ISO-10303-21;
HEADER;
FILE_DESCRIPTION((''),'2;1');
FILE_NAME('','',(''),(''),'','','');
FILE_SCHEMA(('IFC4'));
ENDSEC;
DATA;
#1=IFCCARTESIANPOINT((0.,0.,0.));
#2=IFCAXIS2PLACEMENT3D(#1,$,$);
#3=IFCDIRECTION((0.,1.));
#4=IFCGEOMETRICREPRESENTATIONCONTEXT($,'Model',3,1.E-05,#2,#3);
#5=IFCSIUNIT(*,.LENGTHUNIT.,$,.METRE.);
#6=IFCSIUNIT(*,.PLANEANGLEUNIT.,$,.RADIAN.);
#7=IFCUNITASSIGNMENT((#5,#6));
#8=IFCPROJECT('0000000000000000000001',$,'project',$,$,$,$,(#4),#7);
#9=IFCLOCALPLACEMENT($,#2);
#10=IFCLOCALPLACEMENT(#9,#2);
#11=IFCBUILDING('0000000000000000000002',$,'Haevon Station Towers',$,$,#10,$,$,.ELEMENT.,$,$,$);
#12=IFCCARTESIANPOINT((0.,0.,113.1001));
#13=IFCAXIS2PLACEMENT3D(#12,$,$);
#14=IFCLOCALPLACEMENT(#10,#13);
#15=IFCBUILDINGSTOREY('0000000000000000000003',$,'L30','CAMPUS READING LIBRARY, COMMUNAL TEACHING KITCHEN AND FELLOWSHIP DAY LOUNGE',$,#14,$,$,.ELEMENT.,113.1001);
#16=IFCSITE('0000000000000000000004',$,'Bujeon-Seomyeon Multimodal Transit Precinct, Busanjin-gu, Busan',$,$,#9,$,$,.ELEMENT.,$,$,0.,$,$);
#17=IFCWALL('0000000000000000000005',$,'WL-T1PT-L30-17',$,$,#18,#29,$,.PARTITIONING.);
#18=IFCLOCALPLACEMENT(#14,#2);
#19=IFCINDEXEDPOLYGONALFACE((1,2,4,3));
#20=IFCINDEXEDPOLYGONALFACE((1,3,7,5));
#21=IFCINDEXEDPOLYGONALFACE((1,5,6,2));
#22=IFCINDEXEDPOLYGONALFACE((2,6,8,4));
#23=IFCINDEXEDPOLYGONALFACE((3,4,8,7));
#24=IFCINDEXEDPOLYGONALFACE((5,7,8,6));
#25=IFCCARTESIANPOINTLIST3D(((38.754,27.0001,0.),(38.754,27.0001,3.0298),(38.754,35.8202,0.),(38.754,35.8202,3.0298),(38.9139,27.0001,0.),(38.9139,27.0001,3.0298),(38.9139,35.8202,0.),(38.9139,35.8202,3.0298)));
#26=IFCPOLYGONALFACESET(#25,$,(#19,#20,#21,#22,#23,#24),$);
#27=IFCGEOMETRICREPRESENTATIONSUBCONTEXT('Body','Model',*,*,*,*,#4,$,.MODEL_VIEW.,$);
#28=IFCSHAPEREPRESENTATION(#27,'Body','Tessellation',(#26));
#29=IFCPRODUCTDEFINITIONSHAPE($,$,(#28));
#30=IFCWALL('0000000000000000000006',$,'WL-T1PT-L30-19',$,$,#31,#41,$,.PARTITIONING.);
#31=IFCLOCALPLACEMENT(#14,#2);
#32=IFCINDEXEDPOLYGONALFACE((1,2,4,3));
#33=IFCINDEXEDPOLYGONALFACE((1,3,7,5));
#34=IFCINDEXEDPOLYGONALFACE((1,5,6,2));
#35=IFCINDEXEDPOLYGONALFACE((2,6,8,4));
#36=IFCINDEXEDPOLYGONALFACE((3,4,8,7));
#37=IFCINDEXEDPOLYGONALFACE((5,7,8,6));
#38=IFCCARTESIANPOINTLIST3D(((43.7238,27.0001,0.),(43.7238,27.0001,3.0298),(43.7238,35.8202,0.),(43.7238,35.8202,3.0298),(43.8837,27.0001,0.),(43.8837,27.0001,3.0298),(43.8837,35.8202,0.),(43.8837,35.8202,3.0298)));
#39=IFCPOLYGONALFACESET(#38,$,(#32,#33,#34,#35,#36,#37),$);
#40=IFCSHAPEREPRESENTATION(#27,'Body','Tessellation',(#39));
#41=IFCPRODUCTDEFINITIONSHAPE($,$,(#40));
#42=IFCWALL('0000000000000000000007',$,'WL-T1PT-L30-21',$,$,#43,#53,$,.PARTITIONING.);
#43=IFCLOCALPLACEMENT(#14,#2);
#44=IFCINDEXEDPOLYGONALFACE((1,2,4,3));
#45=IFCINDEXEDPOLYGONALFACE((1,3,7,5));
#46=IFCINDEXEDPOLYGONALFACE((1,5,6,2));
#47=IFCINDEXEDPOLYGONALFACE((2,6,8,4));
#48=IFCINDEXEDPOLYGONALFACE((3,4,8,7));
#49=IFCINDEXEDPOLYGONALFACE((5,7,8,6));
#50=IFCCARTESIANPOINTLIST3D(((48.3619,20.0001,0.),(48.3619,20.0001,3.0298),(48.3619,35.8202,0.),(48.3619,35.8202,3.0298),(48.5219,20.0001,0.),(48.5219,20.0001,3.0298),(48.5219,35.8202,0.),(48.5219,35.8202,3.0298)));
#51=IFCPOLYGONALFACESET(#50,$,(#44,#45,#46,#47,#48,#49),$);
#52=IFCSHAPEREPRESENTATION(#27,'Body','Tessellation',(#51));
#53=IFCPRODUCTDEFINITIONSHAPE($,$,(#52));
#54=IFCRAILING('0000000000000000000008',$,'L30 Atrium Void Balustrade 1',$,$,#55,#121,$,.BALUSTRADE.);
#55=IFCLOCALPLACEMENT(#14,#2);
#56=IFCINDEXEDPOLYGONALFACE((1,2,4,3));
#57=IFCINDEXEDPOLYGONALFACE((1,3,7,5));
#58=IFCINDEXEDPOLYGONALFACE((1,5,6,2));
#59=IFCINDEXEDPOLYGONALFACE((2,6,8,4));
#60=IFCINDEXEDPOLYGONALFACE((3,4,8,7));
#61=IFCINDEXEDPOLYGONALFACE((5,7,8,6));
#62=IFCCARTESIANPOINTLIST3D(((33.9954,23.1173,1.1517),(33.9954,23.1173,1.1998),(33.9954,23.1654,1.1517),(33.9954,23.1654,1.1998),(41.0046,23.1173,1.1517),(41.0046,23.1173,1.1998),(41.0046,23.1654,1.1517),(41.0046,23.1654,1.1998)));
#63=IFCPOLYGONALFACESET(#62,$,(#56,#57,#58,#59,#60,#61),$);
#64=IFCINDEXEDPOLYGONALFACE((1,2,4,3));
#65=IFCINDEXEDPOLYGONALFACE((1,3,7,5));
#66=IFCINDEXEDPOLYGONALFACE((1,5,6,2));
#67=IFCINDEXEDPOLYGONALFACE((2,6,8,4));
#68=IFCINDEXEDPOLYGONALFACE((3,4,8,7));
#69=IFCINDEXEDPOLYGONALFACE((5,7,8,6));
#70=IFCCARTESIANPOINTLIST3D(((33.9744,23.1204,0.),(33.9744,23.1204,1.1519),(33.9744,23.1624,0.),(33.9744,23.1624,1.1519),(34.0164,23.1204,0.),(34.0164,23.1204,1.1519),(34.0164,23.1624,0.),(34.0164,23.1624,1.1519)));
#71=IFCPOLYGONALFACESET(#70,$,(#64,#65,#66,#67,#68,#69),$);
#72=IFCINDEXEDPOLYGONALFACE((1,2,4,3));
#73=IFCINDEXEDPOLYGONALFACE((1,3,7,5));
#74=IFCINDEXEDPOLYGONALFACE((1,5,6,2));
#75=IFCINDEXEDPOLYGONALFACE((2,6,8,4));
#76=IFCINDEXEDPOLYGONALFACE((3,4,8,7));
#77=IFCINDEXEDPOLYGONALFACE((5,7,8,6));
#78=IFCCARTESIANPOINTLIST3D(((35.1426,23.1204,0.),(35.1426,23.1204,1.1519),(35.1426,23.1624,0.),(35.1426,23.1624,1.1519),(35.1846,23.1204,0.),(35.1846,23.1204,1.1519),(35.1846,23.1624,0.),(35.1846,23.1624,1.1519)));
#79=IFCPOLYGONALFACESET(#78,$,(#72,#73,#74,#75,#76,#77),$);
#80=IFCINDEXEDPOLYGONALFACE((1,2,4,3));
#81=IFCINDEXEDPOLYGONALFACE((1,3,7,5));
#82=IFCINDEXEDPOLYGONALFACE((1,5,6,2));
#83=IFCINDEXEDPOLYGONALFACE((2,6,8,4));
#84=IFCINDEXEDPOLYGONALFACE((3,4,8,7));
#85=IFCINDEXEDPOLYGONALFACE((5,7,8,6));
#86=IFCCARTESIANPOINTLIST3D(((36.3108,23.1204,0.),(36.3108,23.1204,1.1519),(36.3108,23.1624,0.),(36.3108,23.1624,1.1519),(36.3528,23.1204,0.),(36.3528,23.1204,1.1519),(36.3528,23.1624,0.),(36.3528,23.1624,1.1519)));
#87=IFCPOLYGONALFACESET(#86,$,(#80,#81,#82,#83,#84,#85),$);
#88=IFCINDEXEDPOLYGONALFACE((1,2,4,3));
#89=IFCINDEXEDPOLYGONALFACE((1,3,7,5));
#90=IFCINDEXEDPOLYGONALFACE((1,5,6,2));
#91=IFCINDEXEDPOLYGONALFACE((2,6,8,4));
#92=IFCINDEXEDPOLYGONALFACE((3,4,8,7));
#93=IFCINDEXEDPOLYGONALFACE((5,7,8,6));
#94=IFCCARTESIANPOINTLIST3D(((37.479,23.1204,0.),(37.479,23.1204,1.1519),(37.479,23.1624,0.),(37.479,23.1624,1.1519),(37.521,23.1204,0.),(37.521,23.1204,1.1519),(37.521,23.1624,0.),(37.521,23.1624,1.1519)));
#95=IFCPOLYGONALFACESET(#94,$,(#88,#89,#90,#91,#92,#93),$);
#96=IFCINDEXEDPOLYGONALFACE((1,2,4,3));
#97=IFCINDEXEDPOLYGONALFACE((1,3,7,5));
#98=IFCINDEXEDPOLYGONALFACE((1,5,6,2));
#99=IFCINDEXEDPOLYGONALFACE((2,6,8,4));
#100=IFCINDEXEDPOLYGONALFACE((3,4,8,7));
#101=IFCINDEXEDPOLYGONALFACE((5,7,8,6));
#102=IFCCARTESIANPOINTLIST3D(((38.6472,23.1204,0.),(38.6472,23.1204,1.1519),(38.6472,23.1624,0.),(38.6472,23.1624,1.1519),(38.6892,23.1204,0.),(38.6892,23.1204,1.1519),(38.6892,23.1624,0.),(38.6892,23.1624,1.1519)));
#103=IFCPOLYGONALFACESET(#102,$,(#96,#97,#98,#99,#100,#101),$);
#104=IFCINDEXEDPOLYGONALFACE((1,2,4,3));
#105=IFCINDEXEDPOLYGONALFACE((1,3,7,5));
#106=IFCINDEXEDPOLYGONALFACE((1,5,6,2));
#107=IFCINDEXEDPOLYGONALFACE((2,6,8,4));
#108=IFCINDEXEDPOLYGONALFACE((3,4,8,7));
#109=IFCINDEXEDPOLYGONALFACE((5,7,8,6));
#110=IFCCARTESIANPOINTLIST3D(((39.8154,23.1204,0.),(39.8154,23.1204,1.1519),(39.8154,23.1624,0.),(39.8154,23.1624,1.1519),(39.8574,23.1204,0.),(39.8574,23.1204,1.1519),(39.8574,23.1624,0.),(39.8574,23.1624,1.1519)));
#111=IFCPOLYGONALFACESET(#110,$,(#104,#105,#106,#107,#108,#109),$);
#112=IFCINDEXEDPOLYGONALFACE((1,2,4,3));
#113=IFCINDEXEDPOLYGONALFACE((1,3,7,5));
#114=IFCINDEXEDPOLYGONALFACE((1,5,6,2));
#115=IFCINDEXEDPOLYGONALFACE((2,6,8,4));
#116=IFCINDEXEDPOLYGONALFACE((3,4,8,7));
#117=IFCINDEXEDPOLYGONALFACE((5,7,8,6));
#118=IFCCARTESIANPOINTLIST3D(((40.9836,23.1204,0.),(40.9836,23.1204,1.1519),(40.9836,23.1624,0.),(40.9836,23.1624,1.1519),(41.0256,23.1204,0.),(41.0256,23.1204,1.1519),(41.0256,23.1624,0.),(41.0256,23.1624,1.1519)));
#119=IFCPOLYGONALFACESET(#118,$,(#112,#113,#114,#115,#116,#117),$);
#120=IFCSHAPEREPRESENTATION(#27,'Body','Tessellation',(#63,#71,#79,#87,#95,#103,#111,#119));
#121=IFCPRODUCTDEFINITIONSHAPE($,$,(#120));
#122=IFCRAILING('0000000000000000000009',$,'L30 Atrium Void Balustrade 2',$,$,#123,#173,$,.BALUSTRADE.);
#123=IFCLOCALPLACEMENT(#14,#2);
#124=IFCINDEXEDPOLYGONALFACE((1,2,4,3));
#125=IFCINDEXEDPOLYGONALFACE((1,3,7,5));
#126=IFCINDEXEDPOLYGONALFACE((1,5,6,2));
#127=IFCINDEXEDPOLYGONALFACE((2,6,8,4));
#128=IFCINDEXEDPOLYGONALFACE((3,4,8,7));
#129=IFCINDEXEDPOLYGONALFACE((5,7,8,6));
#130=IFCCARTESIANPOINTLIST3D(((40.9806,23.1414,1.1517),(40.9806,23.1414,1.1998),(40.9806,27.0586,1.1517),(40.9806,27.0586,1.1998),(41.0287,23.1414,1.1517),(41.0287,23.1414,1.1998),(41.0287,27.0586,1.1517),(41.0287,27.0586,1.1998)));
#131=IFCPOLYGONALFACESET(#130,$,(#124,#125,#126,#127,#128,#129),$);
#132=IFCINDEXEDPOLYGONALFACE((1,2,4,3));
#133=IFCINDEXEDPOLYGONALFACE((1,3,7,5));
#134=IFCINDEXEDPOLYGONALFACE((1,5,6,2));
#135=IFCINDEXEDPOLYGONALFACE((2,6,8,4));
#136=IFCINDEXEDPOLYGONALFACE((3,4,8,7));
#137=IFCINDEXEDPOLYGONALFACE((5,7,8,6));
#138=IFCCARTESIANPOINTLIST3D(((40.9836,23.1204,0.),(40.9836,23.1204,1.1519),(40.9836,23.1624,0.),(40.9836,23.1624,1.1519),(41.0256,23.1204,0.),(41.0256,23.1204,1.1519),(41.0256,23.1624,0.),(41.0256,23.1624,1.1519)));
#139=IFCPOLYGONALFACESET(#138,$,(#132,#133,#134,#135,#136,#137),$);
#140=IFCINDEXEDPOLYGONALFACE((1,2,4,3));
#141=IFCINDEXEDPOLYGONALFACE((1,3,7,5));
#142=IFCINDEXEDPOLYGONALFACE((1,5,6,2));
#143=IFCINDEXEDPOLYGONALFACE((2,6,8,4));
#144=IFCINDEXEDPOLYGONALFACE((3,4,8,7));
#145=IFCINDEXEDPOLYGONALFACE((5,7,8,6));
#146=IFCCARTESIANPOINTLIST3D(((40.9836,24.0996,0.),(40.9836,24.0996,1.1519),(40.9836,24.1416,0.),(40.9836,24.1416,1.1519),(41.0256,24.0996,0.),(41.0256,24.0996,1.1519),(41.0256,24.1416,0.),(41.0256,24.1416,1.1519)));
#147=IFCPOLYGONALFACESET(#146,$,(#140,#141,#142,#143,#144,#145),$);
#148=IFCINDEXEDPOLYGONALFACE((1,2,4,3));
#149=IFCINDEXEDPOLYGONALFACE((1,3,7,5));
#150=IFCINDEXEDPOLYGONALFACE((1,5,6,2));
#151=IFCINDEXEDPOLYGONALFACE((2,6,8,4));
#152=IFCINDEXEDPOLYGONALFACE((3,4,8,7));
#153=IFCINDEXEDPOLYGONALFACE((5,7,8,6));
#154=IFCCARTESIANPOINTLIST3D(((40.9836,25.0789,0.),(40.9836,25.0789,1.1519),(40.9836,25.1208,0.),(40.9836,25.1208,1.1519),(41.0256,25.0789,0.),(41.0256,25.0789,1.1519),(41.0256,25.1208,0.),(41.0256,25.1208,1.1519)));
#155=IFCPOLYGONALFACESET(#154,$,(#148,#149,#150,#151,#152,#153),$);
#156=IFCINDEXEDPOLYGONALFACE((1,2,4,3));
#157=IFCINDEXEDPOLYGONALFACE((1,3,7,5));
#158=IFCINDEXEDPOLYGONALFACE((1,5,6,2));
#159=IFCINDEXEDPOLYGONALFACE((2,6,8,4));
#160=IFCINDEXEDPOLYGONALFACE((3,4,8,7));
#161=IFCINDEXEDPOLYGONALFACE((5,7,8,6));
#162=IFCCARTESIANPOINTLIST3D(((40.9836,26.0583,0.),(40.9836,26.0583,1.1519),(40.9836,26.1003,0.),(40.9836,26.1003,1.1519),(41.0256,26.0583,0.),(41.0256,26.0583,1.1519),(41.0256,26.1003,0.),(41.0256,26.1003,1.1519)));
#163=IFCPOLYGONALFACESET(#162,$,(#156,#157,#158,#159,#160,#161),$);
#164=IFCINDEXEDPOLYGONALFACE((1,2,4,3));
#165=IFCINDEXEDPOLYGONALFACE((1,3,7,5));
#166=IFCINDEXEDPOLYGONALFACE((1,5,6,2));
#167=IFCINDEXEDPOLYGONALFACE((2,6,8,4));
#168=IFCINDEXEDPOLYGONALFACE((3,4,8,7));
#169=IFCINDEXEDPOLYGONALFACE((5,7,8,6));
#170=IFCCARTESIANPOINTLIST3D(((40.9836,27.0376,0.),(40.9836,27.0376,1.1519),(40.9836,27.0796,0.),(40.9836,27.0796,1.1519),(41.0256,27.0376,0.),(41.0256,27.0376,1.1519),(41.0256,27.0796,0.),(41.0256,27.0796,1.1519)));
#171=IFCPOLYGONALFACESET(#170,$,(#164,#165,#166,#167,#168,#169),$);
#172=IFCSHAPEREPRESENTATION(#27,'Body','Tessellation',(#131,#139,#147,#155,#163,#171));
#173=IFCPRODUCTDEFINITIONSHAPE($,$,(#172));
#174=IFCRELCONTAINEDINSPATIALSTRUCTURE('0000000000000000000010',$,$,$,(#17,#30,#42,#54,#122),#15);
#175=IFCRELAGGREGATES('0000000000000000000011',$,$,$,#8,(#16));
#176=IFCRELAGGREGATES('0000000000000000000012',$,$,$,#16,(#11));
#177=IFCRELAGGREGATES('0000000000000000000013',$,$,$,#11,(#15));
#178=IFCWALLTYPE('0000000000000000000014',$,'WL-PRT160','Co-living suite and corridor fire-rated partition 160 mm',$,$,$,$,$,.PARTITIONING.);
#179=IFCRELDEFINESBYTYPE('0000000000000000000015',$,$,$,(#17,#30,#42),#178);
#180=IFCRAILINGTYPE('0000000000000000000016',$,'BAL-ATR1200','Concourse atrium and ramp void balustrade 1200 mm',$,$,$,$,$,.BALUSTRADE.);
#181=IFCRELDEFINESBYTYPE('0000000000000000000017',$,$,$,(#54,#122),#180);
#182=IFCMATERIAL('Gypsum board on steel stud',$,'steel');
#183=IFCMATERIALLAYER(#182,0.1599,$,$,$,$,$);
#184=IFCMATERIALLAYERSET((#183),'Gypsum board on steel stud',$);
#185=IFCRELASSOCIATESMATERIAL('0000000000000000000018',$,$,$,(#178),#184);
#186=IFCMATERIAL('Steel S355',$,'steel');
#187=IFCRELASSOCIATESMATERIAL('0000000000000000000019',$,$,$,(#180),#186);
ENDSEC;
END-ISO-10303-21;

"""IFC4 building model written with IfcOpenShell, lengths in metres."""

from ifc_helpers import new_model, si_unit, direction, frame, frame_2d, origin, origin_2d, place, context, subcontext, project, spatial, rectangle, extrude, material, layer, layer_set, type_object, element, save


model = new_model("IFC4")

# Units and contexts
model_context = context("Model", 3, precision=1e-05, world=origin(), true_north=direction((0.0, 1.0)))
body_context = subcontext(model_context, "Body", "Model", "MODEL_VIEW")
ifc_project = project(units=[si_unit("LENGTHUNIT", "METRE"), si_unit("PLANEANGLEUNIT", "RADIAN")], contexts=[model_context])

# Site, building, storey
site_placement = place(None, origin())
site = spatial("IfcSite", under=ifc_project, at=site_placement, Name="Bujeon-Seomyeon Multimodal Transit Precinct, Busanjin-gu, Busan", CompositionType="ELEMENT", RefElevation=0.0)
building_placement = place(site_placement, origin())
building = spatial("IfcBuilding", under=site, at=building_placement, Name="Haevon Station Towers", CompositionType="ELEMENT")
storey_placement = place(building_placement, frame((0.0, 0.0, 113.1001)))
storey = spatial("IfcBuildingStorey", under=building, at=storey_placement, Name="L30", Description="CAMPUS READING LIBRARY, COMMUNAL TEACHING KITCHEN AND FELLOWSHIP DAY LOUNGE", CompositionType="ELEMENT", Elevation=113.1001)

# Shared definitions
ifc_material_1 = material(Name="Steel S355", Category="steel")

# Walls
ifc_material_2 = material(Name="Gypsum board on steel stud", Category="steel")
ifc_layer_1 = layer(ifc_material_2, 0.1599)
ifc_layer_set_1 = layer_set([ifc_layer_1], Name="Gypsum board on steel stud")
wall_type = type_object("IfcWallType", Name="WL-PRT160", Description="Co-living suite and corridor fire-rated partition 160 mm", PredefinedType="PARTITIONING", material=ifc_layer_set_1)
for number, where, z_axis, x_axis, name in (
    (1, (38.834, 27.0, 0.0), (0.0, 0.0, 1.0), (0.0, 1.0, 0.0), "WL-T1PT-L30-17"),
    (2, (43.8037, 27.0, 0.0), (0.0, 0.0, 1.0), (0.0, 1.0, 0.0), "WL-T1PT-L30-19"),
):
    element("IfcWall", number, at=place(storey_placement, frame(where, z_axis=z_axis, x_axis=x_axis)), inside=storey, type_object=wall_type, Name=name, PredefinedType="PARTITIONING", context=body_context, shape_type="SweptSolid", body=[
        extrude(rectangle(XDim=8.8201, YDim=0.1599, at=frame_2d((4.4102, 0.0))), origin(), (0.0, 0.0, 1.0), 3.0298),
    ])
wall_placement = place(storey_placement, frame((48.4419, 20.0, 0.0), z_axis=(0.0, 0.0, 1.0), x_axis=(0.0, 1.0, 0.0)))
element("IfcWall", 3, at=wall_placement, inside=storey, type_object=wall_type, Name="WL-T1PT-L30-21", PredefinedType="PARTITIONING", context=body_context, shape_type="SweptSolid", body=[
    extrude(rectangle(XDim=15.8201, YDim=0.1599, at=frame_2d((7.9102, 0.0))), origin(), (0.0, 0.0, 1.0), 3.0298),
])

# Railings
railing_type = type_object("IfcRailingType", Name="BAL-ATR1200", Description="Concourse atrium and ramp void balustrade 1200 mm", PredefinedType="BALUSTRADE", material=ifc_material_1)
railing_1_placement = place(storey_placement, frame((33.9954, 23.1414, 0.0)))
element("IfcRailing", 4, at=railing_1_placement, inside=storey, type_object=railing_type, Name="L30 Atrium Void Balustrade 1", PredefinedType="BALUSTRADE", context=body_context, shape_type="SweptSolid", body=[
    extrude(rectangle(XDim=0.0481, YDim=0.0481, at=origin_2d()), frame((0.0, 0.0, 1.1758), z_axis=(1.0, 0.0, 0.0), x_axis=(0.0, 1.0, 0.0)), (0.0, 0.0, 1.0), 7.0093),
    extrude(rectangle(XDim=0.042, YDim=0.042, at=origin_2d()), origin(), (0.0, 0.0, 1.0), 1.1519),
    extrude(rectangle(XDim=0.042, YDim=0.042, at=origin_2d()), frame((1.1682, 0.0, 0.0)), (0.0, 0.0, 1.0), 1.1519),
    extrude(rectangle(XDim=0.042, YDim=0.042, at=origin_2d()), frame((2.3364, 0.0, 0.0)), (0.0, 0.0, 1.0), 1.1519),
    extrude(rectangle(XDim=0.042, YDim=0.042, at=origin_2d()), frame((3.5046, 0.0, 0.0)), (0.0, 0.0, 1.0), 1.1519),
    extrude(rectangle(XDim=0.042, YDim=0.042, at=origin_2d()), frame((4.6729, 0.0, 0.0)), (0.0, 0.0, 1.0), 1.1519),
    extrude(rectangle(XDim=0.042, YDim=0.042, at=origin_2d()), frame((5.8411, 0.0, 0.0)), (0.0, 0.0, 1.0), 1.1519),
    extrude(rectangle(XDim=0.042, YDim=0.042, at=origin_2d()), frame((7.0093, 0.0, 0.0)), (0.0, 0.0, 1.0), 1.1519),
])
railing_2_placement = place(storey_placement, frame((41.0046, 23.1414, 0.0)))
element("IfcRailing", 5, at=railing_2_placement, inside=storey, type_object=railing_type, Name="L30 Atrium Void Balustrade 2", PredefinedType="BALUSTRADE", context=body_context, shape_type="SweptSolid", body=[
    extrude(rectangle(XDim=0.0481, YDim=0.0481, at=origin_2d()), frame((0.0, 0.0, 1.1758), z_axis=(0.0, 1.0, 0.0), x_axis=(-1.0, 0.0, 0.0)), (0.0, 0.0, 1.0), 3.9172),
    extrude(rectangle(XDim=0.042, YDim=0.042, at=origin_2d()), origin(), (0.0, 0.0, 1.0), 1.1519),
    extrude(rectangle(XDim=0.042, YDim=0.042, at=origin_2d()), frame((0.0, 0.9792, 0.0)), (0.0, 0.0, 1.0), 1.1519),
    extrude(rectangle(XDim=0.042, YDim=0.042, at=origin_2d()), frame((0.0, 1.9585, 0.0)), (0.0, 0.0, 1.0), 1.1519),
    extrude(rectangle(XDim=0.042, YDim=0.042, at=origin_2d()), frame((0.0, 2.938, 0.0)), (0.0, 0.0, 1.0), 1.1519),
    extrude(rectangle(XDim=0.042, YDim=0.042, at=origin_2d()), frame((0.0, 3.9172, 0.0)), (0.0, 0.0, 1.0), 1.1519),
])

save(model, "model.ifc")
